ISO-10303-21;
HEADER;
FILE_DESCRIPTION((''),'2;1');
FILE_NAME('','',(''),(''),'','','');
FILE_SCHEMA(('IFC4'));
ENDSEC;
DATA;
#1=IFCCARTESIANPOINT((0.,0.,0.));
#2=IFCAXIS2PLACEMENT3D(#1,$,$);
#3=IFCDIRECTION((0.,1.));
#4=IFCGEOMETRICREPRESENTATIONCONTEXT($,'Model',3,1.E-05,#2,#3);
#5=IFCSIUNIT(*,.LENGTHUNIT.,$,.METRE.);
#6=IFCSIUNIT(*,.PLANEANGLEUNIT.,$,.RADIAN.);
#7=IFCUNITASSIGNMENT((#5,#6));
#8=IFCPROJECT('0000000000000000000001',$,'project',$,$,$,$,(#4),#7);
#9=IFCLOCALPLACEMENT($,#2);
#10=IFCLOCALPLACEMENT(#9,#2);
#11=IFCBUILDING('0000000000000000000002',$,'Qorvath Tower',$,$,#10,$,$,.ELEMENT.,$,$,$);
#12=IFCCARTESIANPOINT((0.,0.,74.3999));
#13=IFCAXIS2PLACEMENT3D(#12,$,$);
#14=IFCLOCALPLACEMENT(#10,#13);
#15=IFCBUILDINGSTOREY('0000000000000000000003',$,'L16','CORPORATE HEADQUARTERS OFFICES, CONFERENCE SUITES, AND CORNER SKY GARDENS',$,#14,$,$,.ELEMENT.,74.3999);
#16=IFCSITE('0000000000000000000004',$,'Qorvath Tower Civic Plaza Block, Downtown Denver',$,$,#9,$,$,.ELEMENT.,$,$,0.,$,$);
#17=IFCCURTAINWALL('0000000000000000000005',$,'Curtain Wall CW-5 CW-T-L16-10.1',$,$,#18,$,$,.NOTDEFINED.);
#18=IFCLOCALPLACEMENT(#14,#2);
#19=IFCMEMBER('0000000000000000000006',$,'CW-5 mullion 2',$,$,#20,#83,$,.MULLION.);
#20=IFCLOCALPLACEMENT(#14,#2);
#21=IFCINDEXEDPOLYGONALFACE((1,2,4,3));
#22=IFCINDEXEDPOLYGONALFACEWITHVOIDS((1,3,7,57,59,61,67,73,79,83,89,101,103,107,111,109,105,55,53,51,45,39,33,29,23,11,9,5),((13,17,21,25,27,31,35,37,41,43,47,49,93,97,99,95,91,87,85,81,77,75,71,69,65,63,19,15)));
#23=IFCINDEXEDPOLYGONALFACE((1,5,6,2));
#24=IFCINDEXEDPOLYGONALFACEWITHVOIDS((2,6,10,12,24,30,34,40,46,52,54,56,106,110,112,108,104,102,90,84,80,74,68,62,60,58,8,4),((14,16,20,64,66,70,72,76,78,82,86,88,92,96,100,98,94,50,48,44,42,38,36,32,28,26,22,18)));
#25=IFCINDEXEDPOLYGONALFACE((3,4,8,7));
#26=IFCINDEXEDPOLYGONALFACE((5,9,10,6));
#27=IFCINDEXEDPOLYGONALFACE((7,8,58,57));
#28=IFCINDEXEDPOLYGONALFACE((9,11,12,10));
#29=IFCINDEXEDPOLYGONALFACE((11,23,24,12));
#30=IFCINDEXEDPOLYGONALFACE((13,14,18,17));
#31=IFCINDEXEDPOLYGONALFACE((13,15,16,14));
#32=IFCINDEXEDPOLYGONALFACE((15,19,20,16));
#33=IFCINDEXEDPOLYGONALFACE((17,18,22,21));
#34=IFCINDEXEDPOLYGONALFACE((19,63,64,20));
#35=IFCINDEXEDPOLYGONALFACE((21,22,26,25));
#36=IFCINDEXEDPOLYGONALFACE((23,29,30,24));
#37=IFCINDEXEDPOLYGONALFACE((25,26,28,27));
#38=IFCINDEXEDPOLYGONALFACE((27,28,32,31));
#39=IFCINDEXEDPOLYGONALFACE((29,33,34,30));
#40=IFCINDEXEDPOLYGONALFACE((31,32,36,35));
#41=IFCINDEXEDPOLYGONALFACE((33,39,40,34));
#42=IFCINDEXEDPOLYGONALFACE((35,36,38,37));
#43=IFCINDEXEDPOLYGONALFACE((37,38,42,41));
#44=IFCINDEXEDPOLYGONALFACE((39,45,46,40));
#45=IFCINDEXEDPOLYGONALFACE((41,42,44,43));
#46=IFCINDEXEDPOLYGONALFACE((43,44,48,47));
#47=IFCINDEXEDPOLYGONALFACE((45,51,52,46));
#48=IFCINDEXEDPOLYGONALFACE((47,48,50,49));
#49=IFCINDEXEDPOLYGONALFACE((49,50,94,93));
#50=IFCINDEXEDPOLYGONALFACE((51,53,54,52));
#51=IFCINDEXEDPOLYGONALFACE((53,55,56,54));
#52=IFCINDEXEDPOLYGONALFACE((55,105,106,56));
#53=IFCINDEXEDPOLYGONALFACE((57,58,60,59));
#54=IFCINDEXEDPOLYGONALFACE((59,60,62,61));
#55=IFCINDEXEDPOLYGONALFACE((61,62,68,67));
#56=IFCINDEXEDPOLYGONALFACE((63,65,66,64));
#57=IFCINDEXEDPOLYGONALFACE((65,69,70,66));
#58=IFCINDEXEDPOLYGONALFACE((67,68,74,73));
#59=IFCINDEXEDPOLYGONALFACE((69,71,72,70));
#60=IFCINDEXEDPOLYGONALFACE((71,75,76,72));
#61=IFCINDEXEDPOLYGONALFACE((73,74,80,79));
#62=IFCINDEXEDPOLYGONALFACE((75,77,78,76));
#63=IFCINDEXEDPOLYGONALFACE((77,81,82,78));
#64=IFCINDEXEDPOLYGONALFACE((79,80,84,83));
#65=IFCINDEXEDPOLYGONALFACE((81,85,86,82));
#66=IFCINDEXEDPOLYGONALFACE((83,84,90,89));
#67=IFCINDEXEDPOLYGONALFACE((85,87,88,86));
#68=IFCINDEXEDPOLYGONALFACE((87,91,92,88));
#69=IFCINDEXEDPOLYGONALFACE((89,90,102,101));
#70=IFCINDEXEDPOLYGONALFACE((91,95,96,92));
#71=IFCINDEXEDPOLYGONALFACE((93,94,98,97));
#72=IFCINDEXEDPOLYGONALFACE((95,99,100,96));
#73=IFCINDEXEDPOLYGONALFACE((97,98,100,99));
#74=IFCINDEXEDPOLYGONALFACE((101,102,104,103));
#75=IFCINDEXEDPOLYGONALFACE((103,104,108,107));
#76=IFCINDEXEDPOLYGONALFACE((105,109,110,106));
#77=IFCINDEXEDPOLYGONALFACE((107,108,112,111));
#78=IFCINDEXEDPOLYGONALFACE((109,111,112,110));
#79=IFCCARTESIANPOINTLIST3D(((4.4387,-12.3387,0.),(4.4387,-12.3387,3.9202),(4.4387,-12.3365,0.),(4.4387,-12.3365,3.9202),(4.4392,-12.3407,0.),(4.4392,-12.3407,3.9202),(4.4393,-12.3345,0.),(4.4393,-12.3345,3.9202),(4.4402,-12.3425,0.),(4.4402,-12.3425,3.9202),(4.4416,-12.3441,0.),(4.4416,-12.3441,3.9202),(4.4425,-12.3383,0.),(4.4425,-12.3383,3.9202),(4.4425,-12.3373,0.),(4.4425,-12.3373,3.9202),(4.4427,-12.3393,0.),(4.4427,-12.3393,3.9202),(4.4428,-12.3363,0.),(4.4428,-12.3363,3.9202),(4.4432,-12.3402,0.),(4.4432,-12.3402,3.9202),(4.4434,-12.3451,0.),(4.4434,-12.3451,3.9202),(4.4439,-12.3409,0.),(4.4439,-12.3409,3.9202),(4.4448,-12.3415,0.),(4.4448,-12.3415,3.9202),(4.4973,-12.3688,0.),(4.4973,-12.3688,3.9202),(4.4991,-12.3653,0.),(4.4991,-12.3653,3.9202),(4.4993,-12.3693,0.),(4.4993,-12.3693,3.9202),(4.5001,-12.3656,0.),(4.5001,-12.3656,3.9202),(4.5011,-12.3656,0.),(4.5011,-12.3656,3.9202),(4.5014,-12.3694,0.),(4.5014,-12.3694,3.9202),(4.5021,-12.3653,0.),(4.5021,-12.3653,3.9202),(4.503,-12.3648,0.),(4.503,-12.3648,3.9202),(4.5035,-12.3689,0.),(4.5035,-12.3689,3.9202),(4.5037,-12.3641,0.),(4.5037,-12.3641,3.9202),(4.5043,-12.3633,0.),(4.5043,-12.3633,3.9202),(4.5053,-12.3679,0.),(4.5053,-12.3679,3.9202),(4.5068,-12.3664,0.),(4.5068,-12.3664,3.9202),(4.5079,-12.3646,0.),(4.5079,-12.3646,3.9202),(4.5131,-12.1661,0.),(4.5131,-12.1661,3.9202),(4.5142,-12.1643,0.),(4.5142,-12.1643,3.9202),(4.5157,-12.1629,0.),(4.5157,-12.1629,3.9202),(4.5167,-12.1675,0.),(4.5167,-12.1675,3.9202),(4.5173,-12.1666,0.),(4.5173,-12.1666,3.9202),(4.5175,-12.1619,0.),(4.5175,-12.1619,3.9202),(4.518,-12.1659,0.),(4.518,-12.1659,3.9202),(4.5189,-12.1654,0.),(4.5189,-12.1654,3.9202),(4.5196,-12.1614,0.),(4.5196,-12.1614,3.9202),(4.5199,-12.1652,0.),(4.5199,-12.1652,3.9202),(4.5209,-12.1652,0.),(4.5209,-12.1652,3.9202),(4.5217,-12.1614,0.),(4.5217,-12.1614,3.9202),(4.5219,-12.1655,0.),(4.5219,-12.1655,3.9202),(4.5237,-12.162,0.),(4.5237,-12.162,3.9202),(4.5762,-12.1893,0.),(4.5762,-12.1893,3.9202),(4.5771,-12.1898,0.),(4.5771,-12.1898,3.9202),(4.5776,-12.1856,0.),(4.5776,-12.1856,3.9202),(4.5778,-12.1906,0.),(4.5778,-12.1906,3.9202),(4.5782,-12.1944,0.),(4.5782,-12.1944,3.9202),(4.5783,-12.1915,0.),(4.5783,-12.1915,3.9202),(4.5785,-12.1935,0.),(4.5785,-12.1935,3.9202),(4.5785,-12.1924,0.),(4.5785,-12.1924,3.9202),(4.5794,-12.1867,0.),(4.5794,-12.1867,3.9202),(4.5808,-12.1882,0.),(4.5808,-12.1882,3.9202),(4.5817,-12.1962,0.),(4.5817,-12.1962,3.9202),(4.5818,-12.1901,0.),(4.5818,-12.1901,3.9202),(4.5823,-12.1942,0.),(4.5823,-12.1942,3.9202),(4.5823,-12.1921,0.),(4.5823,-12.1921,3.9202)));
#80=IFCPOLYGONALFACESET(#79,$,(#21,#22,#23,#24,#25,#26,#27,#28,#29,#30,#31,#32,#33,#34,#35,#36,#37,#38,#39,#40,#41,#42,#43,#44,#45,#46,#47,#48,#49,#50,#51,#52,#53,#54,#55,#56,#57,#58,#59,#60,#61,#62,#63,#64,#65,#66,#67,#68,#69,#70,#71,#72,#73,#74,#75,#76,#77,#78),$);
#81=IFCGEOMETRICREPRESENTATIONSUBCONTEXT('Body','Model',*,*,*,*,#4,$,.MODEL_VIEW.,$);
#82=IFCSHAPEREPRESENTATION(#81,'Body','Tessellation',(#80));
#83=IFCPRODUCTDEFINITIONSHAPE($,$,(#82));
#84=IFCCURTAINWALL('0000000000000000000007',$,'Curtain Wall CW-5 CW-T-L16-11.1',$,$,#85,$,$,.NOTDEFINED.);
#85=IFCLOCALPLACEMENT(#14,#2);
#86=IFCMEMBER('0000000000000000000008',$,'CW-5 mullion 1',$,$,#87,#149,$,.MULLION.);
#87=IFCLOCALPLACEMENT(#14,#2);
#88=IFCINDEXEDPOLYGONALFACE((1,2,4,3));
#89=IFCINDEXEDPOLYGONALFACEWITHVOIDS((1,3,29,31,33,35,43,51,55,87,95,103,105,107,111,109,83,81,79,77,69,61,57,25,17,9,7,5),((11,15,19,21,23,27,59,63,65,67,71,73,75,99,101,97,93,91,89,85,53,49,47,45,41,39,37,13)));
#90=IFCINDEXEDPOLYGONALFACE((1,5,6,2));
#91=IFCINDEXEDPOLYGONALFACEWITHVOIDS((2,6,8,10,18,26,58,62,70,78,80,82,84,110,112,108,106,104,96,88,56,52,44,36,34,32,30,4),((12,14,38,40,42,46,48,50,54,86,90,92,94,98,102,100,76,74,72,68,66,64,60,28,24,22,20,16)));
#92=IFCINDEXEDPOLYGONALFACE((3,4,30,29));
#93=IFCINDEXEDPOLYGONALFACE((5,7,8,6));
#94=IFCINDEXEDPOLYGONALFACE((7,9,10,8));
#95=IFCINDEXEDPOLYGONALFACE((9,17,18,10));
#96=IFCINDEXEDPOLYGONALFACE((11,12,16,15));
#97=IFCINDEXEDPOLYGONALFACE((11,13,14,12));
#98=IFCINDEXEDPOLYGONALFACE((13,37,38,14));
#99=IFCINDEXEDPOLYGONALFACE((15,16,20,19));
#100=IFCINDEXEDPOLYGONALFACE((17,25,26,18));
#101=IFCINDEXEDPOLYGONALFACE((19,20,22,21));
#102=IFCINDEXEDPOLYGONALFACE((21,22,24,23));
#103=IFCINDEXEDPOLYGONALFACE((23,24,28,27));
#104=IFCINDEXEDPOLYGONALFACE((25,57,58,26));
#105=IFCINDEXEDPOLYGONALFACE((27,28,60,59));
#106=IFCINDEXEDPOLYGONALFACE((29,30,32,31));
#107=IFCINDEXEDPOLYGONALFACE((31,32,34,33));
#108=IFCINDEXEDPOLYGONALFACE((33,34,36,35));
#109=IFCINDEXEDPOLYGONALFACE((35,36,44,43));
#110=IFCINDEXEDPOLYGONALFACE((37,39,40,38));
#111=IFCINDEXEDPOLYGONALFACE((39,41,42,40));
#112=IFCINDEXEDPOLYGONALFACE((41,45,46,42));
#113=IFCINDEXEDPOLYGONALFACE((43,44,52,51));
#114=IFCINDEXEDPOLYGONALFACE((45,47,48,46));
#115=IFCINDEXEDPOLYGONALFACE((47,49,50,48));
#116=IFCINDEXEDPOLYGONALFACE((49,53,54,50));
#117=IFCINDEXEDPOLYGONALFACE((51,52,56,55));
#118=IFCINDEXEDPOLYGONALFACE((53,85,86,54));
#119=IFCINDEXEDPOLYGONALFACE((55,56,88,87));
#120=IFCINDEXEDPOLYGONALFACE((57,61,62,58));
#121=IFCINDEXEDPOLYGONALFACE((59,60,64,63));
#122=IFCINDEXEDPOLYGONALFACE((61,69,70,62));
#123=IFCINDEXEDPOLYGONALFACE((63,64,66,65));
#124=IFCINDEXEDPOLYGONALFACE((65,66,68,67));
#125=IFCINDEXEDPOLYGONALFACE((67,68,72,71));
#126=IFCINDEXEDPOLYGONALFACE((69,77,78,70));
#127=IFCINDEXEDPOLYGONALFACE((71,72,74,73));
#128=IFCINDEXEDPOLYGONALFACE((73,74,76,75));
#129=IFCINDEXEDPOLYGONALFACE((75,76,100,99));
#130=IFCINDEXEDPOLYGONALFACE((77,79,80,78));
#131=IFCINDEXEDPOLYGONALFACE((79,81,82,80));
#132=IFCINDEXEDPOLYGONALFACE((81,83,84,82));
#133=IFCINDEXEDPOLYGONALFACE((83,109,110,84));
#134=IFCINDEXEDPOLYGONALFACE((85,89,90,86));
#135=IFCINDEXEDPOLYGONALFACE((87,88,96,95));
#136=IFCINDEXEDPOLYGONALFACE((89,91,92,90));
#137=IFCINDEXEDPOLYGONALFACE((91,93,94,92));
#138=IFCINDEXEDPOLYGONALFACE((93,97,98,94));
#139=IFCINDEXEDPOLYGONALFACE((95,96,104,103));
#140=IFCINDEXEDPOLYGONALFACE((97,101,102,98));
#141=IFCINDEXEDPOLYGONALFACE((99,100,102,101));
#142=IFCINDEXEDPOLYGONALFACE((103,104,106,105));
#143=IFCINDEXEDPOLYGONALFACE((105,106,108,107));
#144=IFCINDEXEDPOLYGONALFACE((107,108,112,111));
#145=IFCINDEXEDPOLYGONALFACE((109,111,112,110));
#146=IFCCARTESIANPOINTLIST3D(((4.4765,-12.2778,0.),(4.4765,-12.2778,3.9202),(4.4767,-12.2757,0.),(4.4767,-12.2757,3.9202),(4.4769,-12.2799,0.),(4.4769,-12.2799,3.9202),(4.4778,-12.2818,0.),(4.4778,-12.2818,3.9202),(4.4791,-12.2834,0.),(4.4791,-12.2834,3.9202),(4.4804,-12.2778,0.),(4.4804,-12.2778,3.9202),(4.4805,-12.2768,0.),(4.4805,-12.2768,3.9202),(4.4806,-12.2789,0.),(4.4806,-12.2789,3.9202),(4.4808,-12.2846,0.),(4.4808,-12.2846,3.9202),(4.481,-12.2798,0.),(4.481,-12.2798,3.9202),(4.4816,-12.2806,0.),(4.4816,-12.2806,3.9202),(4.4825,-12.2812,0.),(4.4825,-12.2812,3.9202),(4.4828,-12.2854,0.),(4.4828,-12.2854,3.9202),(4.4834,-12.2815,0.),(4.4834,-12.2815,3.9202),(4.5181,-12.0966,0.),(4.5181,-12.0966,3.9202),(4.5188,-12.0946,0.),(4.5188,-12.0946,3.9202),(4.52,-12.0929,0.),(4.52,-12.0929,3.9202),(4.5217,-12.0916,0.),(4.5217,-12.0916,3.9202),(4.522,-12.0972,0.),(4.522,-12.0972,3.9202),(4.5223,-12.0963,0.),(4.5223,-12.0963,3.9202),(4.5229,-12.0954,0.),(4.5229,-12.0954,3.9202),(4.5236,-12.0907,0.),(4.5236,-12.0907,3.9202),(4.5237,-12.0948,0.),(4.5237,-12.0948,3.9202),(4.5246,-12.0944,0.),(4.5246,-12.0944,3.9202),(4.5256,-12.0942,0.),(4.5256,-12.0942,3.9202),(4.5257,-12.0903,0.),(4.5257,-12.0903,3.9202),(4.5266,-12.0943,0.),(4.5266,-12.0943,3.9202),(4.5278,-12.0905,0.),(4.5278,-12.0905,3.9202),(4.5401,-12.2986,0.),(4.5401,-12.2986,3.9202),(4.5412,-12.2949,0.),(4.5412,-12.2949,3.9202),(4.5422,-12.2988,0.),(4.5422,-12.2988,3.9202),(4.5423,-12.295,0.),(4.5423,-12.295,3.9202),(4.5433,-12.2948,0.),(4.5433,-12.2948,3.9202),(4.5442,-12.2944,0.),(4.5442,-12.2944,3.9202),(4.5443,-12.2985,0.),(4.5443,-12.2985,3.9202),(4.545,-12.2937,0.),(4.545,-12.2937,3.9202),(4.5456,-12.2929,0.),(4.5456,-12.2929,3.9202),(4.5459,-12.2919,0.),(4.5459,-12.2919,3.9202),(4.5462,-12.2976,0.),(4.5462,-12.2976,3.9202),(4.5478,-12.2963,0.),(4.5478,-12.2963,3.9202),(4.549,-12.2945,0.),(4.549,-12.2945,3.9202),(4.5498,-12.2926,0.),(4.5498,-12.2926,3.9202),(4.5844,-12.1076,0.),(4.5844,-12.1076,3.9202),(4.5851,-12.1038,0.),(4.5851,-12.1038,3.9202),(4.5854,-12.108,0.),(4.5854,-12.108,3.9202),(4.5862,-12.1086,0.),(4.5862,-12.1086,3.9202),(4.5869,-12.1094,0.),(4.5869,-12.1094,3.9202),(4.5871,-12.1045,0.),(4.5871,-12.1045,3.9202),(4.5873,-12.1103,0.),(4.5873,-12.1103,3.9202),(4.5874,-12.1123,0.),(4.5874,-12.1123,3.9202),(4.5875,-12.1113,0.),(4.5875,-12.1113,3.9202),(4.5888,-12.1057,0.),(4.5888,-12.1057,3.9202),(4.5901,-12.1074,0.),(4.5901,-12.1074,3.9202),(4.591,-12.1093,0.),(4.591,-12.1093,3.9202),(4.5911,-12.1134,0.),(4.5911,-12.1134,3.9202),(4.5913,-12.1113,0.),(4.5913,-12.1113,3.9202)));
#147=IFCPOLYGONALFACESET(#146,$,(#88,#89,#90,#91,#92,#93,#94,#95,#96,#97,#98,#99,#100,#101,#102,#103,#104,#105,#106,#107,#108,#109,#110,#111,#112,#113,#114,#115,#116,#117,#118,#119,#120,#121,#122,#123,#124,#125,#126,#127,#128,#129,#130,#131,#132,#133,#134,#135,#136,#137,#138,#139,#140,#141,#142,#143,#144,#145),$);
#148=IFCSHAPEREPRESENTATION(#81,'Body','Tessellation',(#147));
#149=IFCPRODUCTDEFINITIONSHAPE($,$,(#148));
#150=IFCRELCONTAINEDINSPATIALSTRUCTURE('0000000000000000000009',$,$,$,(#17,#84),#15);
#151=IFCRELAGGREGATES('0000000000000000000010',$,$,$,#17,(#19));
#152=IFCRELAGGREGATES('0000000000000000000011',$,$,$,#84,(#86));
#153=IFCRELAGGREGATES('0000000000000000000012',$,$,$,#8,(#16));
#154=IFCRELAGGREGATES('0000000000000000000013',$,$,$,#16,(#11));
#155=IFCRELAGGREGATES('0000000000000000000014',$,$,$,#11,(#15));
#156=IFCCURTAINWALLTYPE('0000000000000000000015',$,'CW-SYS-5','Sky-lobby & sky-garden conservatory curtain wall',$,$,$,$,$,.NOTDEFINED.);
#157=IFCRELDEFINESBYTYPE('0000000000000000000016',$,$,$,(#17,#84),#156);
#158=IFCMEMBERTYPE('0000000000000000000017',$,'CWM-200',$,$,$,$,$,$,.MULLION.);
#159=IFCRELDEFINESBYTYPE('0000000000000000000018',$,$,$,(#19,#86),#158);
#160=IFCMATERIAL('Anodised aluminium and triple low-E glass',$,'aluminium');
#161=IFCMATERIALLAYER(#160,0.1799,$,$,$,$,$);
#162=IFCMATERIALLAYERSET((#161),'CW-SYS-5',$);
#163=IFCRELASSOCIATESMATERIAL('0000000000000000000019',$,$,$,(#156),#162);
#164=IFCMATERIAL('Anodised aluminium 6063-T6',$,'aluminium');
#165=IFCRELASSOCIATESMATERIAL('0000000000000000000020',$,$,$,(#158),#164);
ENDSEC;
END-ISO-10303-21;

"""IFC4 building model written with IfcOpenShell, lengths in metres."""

from ifc_helpers import new_model, si_unit, direction, frame, origin, origin_2d, place, context, subcontext, project, spatial, hollow_rectangle, extrude, material, layer, layer_set, material_profile, profile_set, type_object, element, aggregate, save


model = new_model("IFC4")

# Units and contexts
model_context = context("Model", 3, precision=1e-05, world=origin(), true_north=direction((0.0, 1.0)))
body_context = subcontext(model_context, "Body", "Model", "MODEL_VIEW")
ifc_project = project(units=[si_unit("LENGTHUNIT", "METRE"), si_unit("PLANEANGLEUNIT", "RADIAN")], contexts=[model_context])

# Site, building, storey
site_placement = place(None, origin())
site = spatial("IfcSite", under=ifc_project, at=site_placement, Name="Qorvath Tower Civic Plaza Block, Downtown Denver", CompositionType="ELEMENT", RefElevation=0.0)
building_placement = place(site_placement, origin())
building = spatial("IfcBuilding", under=site, at=building_placement, Name="Qorvath Tower", CompositionType="ELEMENT")
storey_placement = place(building_placement, frame((0.0, 0.0, 74.3999)))
storey = spatial("IfcBuildingStorey", under=building, at=storey_placement, Name="L16", Description="CORPORATE HEADQUARTERS OFFICES, CONFERENCE SUITES, AND CORNER SKY GARDENS", CompositionType="ELEMENT", Elevation=74.3999)

# Shared definitions
ifc_material_1 = material(Name="Anodised aluminium and triple low-E glass", Category="aluminium")
ifc_layer_1 = layer(ifc_material_1, 0.1799)
ifc_layer_set_1 = layer_set([ifc_layer_1], Name="CW-SYS-5")
curtain_wall_type = type_object("IfcCurtainWallType", Name="CW-SYS-5", Description="Sky-lobby & sky-garden conservatory curtain wall", PredefinedType="NOTDEFINED", material=ifc_layer_set_1)
ifc_material_2 = material(Name="Anodised aluminium 6063-T6", Category="aluminium")
ifc_material_profile_1 = material_profile(ifc_material_2, hollow_rectangle(XDim=0.075, YDim=0.2, WallThickness=0.0039, InnerFilletRadius=0.0039, OuterFilletRadius=0.0081, at=origin_2d()), Name="CWM 200x75")
ifc_profile_set_1 = profile_set([ifc_material_profile_1], Name="Anodised aluminium 6063-T6")
member_type_1 = type_object("IfcMemberType", Name="CWM-200", PredefinedType="MULLION", material=ifc_profile_set_1)

# Curtain wall, member
curtain_wall_1_placement = place(storey_placement, origin())
curtain_wall_1 = element("IfcCurtainWall", 1, at=curtain_wall_1_placement, inside=storey, type_object=curtain_wall_type, Name="Curtain Wall CW-5 CW-T-L16-10.1", PredefinedType="NOTDEFINED")
member_1_placement = place(storey_placement, frame((4.5105, -12.2654, 0.0), z_axis=(0.0, 0.0, 1.0), x_axis=(-0.915913, 0.401376, 0.0)))
member_1 = element("IfcMember", 2, at=member_1_placement, type_object=member_type_1, Name="CW-5 mullion 2", PredefinedType="MULLION", context=body_context, shape_type="SweptSolid", body=[
    extrude(hollow_rectangle(XDim=0.075, YDim=0.2, WallThickness=0.0039, InnerFilletRadius=0.0039, OuterFilletRadius=0.0081, at=origin_2d()), origin(), (0.0, 0.0, 1.0), 3.9202),
])

# Curtain wall, member
curtain_wall_2_placement = place(storey_placement, origin())
curtain_wall_2 = element("IfcCurtainWall", 3, at=curtain_wall_2_placement, inside=storey, type_object=curtain_wall_type, Name="Curtain Wall CW-5 CW-T-L16-11.1", PredefinedType="NOTDEFINED")
member_2_placement = place(storey_placement, frame((4.5339, -12.1946, 0.0), z_axis=(0.0, 0.0, 1.0), x_axis=(-0.974388, 0.224872, 0.0)))
member_2 = element("IfcMember", 4, at=member_2_placement, type_object=member_type_1, Name="CW-5 mullion 1", PredefinedType="MULLION", context=body_context, shape_type="SweptSolid", body=[
    extrude(hollow_rectangle(XDim=0.075, YDim=0.2, WallThickness=0.0039, InnerFilletRadius=0.0039, OuterFilletRadius=0.0081, at=origin_2d()), origin(), (0.0, 0.0, 1.0), 3.9202),
])

aggregate(curtain_wall_1, [member_1])
aggregate(curtain_wall_2, [member_2])

save(model, "model.ifc")
